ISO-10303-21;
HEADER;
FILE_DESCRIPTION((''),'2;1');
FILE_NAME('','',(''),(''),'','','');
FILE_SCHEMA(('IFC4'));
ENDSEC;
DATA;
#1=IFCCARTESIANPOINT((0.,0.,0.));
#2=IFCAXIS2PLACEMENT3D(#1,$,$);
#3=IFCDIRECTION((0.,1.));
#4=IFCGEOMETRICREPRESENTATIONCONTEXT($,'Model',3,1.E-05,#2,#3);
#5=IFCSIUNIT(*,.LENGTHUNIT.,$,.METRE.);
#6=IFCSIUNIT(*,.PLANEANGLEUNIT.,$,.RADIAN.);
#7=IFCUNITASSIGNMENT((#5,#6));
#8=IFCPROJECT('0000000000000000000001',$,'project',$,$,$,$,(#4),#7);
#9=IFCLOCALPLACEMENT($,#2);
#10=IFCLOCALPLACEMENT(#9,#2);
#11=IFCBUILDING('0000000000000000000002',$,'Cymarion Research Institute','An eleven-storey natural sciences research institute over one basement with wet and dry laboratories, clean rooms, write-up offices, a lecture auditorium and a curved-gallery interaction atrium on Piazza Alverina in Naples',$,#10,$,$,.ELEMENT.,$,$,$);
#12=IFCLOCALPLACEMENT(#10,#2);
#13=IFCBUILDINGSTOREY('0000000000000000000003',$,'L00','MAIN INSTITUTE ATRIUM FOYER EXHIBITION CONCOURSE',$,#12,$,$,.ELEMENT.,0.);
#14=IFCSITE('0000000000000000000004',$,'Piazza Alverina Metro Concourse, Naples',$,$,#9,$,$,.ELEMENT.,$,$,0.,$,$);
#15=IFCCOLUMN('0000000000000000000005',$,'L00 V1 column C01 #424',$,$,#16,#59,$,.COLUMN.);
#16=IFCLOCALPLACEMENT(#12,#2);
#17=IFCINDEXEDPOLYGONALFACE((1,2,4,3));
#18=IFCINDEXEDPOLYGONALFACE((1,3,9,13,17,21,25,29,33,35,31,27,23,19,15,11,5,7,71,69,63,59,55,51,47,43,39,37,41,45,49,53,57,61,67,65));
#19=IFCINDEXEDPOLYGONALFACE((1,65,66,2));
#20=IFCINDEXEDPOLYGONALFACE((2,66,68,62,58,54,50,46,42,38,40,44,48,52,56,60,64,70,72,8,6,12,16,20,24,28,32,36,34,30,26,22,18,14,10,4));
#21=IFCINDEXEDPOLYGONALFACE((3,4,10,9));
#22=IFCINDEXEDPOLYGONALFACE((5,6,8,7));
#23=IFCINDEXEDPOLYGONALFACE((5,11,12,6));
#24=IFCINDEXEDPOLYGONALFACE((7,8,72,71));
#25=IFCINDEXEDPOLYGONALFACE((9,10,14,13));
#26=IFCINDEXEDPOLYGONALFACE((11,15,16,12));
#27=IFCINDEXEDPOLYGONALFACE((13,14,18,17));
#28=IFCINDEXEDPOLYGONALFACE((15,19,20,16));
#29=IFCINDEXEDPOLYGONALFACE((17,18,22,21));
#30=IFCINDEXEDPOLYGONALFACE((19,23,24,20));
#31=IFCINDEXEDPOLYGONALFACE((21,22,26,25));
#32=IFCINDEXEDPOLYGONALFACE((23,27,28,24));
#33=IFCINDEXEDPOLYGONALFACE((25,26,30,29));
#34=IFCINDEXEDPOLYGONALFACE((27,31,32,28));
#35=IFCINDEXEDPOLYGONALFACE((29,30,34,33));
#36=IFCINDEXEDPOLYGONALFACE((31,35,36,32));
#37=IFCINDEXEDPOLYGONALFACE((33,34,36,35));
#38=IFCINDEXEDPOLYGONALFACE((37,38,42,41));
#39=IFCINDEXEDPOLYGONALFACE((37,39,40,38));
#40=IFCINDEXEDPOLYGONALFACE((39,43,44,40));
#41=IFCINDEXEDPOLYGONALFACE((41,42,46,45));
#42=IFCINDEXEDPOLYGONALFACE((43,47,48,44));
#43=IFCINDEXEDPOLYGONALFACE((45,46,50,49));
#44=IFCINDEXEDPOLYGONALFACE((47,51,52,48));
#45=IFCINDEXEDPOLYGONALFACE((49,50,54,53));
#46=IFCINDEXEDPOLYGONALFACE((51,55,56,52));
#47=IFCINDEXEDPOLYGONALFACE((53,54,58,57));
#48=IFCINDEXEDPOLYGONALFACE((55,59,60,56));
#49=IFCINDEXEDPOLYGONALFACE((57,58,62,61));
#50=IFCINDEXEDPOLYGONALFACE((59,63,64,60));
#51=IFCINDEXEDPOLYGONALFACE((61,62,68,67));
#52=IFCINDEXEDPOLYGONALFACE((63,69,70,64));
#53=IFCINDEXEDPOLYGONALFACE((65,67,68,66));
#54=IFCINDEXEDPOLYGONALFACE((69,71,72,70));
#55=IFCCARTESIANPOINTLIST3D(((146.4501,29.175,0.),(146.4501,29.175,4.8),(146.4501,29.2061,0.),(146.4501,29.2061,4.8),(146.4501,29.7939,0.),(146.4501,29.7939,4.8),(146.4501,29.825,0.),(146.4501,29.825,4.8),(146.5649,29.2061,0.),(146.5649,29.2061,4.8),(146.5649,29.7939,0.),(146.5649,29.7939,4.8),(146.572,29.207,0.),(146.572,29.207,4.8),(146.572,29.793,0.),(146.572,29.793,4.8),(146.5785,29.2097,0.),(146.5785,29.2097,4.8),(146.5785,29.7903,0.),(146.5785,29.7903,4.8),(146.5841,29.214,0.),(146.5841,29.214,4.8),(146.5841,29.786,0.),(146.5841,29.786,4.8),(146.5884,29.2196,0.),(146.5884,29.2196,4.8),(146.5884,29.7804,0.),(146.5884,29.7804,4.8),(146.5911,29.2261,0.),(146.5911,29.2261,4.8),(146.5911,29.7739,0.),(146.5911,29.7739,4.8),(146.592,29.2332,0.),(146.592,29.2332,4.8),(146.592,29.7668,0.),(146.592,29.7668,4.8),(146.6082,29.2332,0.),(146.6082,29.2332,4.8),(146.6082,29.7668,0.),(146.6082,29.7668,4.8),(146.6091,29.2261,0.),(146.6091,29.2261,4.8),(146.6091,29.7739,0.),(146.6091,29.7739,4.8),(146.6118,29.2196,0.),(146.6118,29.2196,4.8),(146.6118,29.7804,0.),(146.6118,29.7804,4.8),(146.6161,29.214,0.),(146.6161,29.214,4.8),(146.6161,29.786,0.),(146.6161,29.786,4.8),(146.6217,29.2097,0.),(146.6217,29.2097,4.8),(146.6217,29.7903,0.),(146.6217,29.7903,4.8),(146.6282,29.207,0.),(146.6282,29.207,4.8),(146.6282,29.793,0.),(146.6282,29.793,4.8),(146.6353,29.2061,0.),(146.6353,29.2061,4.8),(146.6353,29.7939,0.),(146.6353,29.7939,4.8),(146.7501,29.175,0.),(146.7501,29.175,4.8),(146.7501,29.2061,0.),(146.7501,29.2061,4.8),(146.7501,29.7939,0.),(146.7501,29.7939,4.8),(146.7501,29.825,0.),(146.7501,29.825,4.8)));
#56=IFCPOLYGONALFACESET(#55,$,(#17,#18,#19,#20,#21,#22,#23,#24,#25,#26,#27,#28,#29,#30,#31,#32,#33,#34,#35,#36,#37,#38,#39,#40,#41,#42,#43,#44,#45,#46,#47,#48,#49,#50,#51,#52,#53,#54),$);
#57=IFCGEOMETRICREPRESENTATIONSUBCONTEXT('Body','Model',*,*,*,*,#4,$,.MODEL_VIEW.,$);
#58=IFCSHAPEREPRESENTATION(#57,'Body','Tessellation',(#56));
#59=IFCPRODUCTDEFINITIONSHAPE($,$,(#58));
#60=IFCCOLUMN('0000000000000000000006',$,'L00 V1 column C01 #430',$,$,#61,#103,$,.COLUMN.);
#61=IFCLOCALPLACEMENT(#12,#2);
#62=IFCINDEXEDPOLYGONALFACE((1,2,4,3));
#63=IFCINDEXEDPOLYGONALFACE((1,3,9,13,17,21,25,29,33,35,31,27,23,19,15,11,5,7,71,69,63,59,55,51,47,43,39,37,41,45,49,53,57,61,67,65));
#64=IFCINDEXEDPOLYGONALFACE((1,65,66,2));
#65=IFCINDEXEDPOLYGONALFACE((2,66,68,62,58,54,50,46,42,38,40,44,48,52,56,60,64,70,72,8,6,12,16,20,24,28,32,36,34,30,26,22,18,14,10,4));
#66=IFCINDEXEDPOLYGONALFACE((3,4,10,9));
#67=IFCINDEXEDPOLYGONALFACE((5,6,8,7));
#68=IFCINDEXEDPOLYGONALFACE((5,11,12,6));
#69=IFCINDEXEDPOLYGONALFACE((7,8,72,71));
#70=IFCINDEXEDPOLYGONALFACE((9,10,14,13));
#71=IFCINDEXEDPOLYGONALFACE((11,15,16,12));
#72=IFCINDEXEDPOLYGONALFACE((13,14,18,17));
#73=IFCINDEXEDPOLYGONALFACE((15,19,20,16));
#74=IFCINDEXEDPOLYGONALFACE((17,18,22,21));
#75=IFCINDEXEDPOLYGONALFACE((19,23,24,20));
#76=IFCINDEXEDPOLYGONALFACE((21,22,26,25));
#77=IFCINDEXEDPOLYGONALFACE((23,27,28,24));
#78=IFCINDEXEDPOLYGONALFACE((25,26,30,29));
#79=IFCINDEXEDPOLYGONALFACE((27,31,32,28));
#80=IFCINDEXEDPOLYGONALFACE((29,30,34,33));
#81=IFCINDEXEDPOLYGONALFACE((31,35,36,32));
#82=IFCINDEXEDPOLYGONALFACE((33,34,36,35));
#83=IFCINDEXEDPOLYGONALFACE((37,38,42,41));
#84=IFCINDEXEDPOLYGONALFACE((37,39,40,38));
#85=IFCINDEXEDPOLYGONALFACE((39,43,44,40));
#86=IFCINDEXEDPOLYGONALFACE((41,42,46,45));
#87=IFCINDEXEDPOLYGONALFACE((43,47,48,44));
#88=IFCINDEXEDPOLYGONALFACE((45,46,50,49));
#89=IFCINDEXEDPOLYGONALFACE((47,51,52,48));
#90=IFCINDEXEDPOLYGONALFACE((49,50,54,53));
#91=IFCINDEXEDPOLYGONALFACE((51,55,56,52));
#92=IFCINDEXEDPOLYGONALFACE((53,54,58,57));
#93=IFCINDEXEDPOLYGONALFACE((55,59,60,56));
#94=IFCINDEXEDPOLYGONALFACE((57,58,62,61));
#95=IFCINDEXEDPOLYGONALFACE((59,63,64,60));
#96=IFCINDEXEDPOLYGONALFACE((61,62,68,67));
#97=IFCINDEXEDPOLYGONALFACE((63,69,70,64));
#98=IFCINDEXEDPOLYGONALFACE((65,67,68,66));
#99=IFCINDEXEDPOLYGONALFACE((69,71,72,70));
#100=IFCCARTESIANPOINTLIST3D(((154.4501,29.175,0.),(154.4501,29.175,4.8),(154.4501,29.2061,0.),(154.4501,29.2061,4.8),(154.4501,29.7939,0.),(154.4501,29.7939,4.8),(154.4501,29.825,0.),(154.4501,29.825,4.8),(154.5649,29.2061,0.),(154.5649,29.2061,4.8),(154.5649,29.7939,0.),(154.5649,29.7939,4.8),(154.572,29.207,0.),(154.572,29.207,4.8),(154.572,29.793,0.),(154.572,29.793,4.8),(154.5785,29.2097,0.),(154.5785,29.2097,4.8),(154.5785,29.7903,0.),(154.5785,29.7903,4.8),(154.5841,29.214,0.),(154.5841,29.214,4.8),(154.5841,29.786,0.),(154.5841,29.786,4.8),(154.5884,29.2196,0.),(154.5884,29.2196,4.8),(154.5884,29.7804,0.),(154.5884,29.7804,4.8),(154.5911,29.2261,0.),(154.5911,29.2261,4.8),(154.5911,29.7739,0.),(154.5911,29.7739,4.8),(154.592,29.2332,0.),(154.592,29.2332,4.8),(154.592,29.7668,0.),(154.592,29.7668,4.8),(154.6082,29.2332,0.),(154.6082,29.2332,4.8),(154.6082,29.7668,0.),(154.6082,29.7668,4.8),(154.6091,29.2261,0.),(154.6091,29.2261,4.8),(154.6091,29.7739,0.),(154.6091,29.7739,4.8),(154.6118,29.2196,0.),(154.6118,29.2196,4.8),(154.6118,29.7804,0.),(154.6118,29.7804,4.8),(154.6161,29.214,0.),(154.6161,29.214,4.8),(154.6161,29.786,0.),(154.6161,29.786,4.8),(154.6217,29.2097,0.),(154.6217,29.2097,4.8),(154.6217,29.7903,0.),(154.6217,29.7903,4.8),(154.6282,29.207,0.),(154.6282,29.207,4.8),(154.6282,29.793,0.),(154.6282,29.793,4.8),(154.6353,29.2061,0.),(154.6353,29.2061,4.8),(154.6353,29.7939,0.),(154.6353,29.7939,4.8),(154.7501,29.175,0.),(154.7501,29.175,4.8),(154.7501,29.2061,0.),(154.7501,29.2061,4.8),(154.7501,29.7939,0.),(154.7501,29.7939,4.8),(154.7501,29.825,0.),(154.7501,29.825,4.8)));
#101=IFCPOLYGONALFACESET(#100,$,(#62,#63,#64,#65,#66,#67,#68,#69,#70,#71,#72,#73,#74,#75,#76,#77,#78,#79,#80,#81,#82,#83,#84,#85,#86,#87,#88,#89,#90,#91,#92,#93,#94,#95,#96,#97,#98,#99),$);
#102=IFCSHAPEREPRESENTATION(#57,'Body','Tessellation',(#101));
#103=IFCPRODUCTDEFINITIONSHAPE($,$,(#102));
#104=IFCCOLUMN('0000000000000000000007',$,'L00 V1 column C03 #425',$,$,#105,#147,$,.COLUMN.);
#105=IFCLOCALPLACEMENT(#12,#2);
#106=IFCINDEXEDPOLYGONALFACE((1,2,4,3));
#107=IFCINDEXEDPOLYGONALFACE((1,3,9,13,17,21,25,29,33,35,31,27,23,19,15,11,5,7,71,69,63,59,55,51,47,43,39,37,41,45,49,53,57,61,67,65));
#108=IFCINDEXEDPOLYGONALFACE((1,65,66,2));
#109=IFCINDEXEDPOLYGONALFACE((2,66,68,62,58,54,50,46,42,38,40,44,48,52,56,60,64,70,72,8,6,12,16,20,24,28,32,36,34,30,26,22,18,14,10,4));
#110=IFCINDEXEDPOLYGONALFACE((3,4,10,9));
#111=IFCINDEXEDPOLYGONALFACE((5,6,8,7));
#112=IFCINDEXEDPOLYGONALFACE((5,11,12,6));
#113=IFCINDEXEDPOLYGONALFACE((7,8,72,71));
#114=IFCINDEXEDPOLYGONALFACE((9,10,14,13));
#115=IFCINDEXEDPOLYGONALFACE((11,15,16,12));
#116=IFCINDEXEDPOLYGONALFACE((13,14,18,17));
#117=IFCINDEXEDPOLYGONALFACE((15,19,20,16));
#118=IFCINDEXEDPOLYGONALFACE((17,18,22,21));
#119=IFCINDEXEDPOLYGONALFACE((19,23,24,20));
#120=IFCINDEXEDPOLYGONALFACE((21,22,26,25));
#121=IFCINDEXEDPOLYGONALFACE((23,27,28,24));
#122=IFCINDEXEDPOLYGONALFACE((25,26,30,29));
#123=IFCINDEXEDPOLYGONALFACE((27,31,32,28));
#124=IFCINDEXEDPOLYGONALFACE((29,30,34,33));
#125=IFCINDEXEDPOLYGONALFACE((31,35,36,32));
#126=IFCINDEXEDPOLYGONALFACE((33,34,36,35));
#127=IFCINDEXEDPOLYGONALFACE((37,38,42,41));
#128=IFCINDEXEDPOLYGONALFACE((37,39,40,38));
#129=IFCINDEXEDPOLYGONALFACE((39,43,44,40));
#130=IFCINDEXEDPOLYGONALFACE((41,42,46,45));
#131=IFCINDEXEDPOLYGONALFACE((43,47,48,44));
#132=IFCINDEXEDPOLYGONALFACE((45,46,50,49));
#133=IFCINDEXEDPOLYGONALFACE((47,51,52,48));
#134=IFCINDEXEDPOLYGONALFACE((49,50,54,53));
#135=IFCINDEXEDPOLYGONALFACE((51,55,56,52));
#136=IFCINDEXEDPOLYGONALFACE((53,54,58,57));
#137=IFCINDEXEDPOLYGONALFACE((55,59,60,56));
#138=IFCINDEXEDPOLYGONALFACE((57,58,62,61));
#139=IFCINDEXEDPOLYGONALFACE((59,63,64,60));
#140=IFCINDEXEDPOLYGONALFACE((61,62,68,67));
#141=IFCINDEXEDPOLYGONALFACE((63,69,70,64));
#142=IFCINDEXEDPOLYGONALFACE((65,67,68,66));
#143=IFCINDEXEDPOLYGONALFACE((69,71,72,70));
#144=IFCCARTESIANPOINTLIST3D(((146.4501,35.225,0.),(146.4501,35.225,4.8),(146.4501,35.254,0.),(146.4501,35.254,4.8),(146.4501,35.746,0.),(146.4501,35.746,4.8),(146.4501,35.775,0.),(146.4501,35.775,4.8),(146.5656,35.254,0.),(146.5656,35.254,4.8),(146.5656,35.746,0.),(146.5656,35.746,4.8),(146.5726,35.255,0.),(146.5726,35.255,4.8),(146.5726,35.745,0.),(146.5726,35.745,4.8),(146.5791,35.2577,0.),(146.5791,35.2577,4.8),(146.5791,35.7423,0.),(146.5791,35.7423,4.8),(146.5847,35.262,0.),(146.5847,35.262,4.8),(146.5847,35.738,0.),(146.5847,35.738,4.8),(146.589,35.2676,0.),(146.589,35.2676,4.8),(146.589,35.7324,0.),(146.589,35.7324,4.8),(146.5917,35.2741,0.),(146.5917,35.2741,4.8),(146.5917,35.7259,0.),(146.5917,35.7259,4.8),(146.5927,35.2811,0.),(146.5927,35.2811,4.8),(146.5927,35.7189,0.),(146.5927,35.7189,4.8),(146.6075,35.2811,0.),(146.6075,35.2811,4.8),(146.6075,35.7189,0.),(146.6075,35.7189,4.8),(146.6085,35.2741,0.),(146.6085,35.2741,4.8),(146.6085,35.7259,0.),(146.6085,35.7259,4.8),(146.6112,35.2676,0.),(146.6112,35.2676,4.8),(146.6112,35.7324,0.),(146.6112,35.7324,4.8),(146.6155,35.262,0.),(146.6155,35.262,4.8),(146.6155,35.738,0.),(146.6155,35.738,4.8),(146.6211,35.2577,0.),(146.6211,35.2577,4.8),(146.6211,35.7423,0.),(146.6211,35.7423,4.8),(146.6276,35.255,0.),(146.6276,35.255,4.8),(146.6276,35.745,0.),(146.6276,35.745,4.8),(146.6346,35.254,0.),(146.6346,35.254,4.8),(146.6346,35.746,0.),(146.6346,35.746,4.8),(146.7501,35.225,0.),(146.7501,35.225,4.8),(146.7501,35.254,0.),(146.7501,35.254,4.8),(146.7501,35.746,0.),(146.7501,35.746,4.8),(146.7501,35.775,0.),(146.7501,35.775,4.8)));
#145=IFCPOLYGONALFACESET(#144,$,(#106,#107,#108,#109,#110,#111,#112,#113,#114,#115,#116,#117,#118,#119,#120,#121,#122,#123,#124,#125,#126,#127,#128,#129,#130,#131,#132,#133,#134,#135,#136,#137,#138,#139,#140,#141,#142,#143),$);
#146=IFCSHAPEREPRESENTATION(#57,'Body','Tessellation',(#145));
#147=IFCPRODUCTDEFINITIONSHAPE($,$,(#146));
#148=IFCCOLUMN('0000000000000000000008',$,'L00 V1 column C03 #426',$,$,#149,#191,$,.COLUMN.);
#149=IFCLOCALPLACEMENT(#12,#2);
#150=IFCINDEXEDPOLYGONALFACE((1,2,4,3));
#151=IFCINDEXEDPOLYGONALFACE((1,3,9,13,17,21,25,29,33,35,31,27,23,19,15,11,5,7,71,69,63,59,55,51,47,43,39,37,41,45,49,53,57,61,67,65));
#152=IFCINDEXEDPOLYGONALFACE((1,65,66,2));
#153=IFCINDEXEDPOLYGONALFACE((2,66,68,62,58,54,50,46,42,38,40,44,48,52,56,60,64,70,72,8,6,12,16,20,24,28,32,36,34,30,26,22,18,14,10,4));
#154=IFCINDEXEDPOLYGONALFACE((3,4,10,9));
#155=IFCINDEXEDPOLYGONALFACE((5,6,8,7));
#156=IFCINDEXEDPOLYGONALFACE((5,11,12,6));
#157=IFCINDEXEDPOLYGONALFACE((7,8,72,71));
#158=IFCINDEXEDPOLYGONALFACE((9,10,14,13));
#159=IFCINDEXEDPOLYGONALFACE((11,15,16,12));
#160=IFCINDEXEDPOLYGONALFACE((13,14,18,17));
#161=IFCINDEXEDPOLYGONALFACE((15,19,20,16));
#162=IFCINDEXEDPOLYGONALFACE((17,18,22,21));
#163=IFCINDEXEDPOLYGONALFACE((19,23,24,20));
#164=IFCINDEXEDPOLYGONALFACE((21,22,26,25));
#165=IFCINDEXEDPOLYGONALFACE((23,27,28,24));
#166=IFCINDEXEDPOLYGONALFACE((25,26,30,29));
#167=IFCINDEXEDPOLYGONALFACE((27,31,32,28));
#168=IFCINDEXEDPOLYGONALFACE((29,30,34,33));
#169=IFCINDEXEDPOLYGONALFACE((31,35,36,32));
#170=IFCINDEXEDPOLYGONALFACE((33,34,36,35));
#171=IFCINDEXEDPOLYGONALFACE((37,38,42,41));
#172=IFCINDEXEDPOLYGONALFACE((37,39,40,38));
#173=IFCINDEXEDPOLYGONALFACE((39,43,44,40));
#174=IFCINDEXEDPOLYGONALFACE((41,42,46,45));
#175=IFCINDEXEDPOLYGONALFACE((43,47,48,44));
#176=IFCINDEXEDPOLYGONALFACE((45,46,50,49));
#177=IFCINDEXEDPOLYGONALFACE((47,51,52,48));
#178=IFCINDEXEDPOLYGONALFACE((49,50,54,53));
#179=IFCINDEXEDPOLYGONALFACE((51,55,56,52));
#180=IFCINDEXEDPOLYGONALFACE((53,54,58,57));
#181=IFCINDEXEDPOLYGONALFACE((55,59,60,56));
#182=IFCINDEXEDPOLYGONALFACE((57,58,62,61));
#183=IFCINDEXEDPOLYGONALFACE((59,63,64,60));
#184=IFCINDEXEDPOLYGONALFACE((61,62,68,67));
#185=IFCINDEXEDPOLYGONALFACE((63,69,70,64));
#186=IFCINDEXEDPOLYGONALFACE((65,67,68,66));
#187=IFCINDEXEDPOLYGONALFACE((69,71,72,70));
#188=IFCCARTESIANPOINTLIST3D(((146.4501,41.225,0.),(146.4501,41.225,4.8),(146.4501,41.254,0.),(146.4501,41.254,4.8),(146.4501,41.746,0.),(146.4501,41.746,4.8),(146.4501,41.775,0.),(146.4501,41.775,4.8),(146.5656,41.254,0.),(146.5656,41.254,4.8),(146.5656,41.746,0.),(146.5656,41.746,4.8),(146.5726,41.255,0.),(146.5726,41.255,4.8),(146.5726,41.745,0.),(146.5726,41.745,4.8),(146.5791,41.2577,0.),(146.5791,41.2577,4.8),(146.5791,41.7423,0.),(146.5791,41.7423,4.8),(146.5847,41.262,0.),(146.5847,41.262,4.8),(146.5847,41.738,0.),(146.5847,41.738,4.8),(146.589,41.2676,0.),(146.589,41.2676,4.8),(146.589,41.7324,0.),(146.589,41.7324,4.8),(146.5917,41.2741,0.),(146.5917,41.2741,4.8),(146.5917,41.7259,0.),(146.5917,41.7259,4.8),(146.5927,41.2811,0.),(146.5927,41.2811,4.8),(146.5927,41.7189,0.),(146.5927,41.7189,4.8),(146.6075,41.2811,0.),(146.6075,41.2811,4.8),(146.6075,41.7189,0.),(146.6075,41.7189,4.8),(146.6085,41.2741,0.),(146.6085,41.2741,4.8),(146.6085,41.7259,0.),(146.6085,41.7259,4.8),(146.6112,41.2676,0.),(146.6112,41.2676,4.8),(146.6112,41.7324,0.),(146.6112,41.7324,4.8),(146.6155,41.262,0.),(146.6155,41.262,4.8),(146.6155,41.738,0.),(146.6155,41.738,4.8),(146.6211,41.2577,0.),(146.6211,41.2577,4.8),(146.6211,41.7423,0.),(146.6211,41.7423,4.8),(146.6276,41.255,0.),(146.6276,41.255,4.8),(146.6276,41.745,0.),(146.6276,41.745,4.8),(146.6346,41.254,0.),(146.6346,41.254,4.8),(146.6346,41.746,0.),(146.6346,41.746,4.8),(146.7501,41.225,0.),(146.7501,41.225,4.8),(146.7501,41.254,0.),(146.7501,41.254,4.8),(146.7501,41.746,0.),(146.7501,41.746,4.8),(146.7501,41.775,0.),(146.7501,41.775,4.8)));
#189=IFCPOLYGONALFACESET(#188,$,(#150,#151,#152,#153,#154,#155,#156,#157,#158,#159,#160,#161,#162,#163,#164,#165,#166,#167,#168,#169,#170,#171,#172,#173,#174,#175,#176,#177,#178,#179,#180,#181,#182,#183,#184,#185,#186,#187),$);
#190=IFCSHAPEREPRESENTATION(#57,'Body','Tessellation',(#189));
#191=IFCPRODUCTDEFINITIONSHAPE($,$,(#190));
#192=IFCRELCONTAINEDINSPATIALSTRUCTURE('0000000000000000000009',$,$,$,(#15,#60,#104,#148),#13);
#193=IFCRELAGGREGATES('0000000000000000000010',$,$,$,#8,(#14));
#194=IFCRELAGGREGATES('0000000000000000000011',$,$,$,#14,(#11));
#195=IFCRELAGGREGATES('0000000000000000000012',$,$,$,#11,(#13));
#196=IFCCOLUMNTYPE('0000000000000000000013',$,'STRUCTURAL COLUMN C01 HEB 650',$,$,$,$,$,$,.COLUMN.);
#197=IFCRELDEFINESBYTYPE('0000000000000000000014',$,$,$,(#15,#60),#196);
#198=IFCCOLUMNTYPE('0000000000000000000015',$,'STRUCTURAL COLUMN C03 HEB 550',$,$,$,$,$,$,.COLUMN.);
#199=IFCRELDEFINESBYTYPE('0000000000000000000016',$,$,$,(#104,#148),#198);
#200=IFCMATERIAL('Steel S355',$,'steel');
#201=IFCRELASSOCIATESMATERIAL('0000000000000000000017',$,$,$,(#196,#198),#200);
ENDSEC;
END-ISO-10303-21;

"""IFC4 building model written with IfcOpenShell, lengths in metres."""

from ifc_helpers import new_model, si_unit, direction, frame, origin, origin_2d, place, context, subcontext, project, spatial, i_section, extrude, material, material_profile, profile_set, type_object, element, save


model = new_model("IFC4")

# Units and contexts
model_context = context("Model", 3, precision=1e-05, world=origin(), true_north=direction((0.0, 1.0)))
body_context = subcontext(model_context, "Body", "Model", "MODEL_VIEW")
ifc_project = project(units=[si_unit("LENGTHUNIT", "METRE"), si_unit("PLANEANGLEUNIT", "RADIAN")], contexts=[model_context])

# Site, building, storey
site_placement = place(None, origin())
site = spatial("IfcSite", under=ifc_project, at=site_placement, Name="Piazza Alverina Metro Concourse, Naples", CompositionType="ELEMENT", RefElevation=0.0)
building_placement = place(site_placement, origin())
building = spatial("IfcBuilding", under=site, at=building_placement, Name="Cymarion Research Institute", Description="An eleven-storey natural sciences research institute over one basement with wet and dry laboratories, clean rooms, write-up offices, a lecture auditorium and a curved-gallery interaction atrium on Piazza Alverina in Naples", CompositionType="ELEMENT")
storey_placement = place(building_placement, origin())
storey = spatial("IfcBuildingStorey", under=building, at=storey_placement, Name="L00", Description="MAIN INSTITUTE ATRIUM FOYER EXHIBITION CONCOURSE", CompositionType="ELEMENT", Elevation=0.0)

# Columns
ifc_material_1 = material(Name="Steel S355", Category="steel")
ifc_material_profile_1 = material_profile(ifc_material_1, i_section(OverallWidth=0.3, OverallDepth=0.6499, WebThickness=0.0161, FlangeThickness=0.031, FilletRadius=0.0271, at=origin_2d()), Name="HEB 650")
ifc_profile_set_1 = profile_set([ifc_material_profile_1], Name="Steel S355")
column_type_1 = type_object("IfcColumnType", Name="STRUCTURAL COLUMN C01 HEB 650", PredefinedType="COLUMN", material=ifc_profile_set_1)
for number, where, z_axis, x_axis, name in (
    (1, (146.6001, 29.5, 0.0), (0.0, 0.0, 1.0), (1.0, 0.0, 0.0), "L00 V1 column C01 #424"),
    (2, (154.6001, 29.5, 0.0), (0.0, 0.0, 1.0), (1.0, 0.0, 0.0), "L00 V1 column C01 #430"),
):
    element("IfcColumn", number, at=place(storey_placement, frame(where, z_axis=z_axis, x_axis=x_axis)), inside=storey, type_object=column_type_1, Name=name, PredefinedType="COLUMN", context=body_context, shape_type="SweptSolid", body=[
        extrude(i_section(OverallWidth=0.3, OverallDepth=0.6499, WebThickness=0.0161, FlangeThickness=0.031, FilletRadius=0.0271, at=origin_2d()), origin(), (0.0, 0.0, 1.0), 4.8),
    ])
ifc_material_profile_2 = material_profile(ifc_material_1, i_section(OverallWidth=0.3, OverallDepth=0.55, WebThickness=0.0149, FlangeThickness=0.0291, FilletRadius=0.0271, at=origin_2d()), Name="HEB 550")
ifc_profile_set_2 = profile_set([ifc_material_profile_2], Name="Steel S355")
column_type_2 = type_object("IfcColumnType", Name="STRUCTURAL COLUMN C03 HEB 550", PredefinedType="COLUMN", material=ifc_profile_set_2)
for number, where, z_axis, x_axis, name in (
    (3, (146.6001, 35.5, 0.0), (0.0, 0.0, 1.0), (1.0, 0.0, 0.0), "L00 V1 column C03 #425"),
    (4, (146.6001, 41.5, 0.0), (0.0, 0.0, 1.0), (1.0, 0.0, 0.0), "L00 V1 column C03 #426"),
):
    element("IfcColumn", number, at=place(storey_placement, frame(where, z_axis=z_axis, x_axis=x_axis)), inside=storey, type_object=column_type_2, Name=name, PredefinedType="COLUMN", context=body_context, shape_type="SweptSolid", body=[
        extrude(i_section(OverallWidth=0.3, OverallDepth=0.55, WebThickness=0.0149, FlangeThickness=0.0291, FilletRadius=0.0271, at=origin_2d()), origin(), (0.0, 0.0, 1.0), 4.8),
    ])

save(model, "model.ifc")
